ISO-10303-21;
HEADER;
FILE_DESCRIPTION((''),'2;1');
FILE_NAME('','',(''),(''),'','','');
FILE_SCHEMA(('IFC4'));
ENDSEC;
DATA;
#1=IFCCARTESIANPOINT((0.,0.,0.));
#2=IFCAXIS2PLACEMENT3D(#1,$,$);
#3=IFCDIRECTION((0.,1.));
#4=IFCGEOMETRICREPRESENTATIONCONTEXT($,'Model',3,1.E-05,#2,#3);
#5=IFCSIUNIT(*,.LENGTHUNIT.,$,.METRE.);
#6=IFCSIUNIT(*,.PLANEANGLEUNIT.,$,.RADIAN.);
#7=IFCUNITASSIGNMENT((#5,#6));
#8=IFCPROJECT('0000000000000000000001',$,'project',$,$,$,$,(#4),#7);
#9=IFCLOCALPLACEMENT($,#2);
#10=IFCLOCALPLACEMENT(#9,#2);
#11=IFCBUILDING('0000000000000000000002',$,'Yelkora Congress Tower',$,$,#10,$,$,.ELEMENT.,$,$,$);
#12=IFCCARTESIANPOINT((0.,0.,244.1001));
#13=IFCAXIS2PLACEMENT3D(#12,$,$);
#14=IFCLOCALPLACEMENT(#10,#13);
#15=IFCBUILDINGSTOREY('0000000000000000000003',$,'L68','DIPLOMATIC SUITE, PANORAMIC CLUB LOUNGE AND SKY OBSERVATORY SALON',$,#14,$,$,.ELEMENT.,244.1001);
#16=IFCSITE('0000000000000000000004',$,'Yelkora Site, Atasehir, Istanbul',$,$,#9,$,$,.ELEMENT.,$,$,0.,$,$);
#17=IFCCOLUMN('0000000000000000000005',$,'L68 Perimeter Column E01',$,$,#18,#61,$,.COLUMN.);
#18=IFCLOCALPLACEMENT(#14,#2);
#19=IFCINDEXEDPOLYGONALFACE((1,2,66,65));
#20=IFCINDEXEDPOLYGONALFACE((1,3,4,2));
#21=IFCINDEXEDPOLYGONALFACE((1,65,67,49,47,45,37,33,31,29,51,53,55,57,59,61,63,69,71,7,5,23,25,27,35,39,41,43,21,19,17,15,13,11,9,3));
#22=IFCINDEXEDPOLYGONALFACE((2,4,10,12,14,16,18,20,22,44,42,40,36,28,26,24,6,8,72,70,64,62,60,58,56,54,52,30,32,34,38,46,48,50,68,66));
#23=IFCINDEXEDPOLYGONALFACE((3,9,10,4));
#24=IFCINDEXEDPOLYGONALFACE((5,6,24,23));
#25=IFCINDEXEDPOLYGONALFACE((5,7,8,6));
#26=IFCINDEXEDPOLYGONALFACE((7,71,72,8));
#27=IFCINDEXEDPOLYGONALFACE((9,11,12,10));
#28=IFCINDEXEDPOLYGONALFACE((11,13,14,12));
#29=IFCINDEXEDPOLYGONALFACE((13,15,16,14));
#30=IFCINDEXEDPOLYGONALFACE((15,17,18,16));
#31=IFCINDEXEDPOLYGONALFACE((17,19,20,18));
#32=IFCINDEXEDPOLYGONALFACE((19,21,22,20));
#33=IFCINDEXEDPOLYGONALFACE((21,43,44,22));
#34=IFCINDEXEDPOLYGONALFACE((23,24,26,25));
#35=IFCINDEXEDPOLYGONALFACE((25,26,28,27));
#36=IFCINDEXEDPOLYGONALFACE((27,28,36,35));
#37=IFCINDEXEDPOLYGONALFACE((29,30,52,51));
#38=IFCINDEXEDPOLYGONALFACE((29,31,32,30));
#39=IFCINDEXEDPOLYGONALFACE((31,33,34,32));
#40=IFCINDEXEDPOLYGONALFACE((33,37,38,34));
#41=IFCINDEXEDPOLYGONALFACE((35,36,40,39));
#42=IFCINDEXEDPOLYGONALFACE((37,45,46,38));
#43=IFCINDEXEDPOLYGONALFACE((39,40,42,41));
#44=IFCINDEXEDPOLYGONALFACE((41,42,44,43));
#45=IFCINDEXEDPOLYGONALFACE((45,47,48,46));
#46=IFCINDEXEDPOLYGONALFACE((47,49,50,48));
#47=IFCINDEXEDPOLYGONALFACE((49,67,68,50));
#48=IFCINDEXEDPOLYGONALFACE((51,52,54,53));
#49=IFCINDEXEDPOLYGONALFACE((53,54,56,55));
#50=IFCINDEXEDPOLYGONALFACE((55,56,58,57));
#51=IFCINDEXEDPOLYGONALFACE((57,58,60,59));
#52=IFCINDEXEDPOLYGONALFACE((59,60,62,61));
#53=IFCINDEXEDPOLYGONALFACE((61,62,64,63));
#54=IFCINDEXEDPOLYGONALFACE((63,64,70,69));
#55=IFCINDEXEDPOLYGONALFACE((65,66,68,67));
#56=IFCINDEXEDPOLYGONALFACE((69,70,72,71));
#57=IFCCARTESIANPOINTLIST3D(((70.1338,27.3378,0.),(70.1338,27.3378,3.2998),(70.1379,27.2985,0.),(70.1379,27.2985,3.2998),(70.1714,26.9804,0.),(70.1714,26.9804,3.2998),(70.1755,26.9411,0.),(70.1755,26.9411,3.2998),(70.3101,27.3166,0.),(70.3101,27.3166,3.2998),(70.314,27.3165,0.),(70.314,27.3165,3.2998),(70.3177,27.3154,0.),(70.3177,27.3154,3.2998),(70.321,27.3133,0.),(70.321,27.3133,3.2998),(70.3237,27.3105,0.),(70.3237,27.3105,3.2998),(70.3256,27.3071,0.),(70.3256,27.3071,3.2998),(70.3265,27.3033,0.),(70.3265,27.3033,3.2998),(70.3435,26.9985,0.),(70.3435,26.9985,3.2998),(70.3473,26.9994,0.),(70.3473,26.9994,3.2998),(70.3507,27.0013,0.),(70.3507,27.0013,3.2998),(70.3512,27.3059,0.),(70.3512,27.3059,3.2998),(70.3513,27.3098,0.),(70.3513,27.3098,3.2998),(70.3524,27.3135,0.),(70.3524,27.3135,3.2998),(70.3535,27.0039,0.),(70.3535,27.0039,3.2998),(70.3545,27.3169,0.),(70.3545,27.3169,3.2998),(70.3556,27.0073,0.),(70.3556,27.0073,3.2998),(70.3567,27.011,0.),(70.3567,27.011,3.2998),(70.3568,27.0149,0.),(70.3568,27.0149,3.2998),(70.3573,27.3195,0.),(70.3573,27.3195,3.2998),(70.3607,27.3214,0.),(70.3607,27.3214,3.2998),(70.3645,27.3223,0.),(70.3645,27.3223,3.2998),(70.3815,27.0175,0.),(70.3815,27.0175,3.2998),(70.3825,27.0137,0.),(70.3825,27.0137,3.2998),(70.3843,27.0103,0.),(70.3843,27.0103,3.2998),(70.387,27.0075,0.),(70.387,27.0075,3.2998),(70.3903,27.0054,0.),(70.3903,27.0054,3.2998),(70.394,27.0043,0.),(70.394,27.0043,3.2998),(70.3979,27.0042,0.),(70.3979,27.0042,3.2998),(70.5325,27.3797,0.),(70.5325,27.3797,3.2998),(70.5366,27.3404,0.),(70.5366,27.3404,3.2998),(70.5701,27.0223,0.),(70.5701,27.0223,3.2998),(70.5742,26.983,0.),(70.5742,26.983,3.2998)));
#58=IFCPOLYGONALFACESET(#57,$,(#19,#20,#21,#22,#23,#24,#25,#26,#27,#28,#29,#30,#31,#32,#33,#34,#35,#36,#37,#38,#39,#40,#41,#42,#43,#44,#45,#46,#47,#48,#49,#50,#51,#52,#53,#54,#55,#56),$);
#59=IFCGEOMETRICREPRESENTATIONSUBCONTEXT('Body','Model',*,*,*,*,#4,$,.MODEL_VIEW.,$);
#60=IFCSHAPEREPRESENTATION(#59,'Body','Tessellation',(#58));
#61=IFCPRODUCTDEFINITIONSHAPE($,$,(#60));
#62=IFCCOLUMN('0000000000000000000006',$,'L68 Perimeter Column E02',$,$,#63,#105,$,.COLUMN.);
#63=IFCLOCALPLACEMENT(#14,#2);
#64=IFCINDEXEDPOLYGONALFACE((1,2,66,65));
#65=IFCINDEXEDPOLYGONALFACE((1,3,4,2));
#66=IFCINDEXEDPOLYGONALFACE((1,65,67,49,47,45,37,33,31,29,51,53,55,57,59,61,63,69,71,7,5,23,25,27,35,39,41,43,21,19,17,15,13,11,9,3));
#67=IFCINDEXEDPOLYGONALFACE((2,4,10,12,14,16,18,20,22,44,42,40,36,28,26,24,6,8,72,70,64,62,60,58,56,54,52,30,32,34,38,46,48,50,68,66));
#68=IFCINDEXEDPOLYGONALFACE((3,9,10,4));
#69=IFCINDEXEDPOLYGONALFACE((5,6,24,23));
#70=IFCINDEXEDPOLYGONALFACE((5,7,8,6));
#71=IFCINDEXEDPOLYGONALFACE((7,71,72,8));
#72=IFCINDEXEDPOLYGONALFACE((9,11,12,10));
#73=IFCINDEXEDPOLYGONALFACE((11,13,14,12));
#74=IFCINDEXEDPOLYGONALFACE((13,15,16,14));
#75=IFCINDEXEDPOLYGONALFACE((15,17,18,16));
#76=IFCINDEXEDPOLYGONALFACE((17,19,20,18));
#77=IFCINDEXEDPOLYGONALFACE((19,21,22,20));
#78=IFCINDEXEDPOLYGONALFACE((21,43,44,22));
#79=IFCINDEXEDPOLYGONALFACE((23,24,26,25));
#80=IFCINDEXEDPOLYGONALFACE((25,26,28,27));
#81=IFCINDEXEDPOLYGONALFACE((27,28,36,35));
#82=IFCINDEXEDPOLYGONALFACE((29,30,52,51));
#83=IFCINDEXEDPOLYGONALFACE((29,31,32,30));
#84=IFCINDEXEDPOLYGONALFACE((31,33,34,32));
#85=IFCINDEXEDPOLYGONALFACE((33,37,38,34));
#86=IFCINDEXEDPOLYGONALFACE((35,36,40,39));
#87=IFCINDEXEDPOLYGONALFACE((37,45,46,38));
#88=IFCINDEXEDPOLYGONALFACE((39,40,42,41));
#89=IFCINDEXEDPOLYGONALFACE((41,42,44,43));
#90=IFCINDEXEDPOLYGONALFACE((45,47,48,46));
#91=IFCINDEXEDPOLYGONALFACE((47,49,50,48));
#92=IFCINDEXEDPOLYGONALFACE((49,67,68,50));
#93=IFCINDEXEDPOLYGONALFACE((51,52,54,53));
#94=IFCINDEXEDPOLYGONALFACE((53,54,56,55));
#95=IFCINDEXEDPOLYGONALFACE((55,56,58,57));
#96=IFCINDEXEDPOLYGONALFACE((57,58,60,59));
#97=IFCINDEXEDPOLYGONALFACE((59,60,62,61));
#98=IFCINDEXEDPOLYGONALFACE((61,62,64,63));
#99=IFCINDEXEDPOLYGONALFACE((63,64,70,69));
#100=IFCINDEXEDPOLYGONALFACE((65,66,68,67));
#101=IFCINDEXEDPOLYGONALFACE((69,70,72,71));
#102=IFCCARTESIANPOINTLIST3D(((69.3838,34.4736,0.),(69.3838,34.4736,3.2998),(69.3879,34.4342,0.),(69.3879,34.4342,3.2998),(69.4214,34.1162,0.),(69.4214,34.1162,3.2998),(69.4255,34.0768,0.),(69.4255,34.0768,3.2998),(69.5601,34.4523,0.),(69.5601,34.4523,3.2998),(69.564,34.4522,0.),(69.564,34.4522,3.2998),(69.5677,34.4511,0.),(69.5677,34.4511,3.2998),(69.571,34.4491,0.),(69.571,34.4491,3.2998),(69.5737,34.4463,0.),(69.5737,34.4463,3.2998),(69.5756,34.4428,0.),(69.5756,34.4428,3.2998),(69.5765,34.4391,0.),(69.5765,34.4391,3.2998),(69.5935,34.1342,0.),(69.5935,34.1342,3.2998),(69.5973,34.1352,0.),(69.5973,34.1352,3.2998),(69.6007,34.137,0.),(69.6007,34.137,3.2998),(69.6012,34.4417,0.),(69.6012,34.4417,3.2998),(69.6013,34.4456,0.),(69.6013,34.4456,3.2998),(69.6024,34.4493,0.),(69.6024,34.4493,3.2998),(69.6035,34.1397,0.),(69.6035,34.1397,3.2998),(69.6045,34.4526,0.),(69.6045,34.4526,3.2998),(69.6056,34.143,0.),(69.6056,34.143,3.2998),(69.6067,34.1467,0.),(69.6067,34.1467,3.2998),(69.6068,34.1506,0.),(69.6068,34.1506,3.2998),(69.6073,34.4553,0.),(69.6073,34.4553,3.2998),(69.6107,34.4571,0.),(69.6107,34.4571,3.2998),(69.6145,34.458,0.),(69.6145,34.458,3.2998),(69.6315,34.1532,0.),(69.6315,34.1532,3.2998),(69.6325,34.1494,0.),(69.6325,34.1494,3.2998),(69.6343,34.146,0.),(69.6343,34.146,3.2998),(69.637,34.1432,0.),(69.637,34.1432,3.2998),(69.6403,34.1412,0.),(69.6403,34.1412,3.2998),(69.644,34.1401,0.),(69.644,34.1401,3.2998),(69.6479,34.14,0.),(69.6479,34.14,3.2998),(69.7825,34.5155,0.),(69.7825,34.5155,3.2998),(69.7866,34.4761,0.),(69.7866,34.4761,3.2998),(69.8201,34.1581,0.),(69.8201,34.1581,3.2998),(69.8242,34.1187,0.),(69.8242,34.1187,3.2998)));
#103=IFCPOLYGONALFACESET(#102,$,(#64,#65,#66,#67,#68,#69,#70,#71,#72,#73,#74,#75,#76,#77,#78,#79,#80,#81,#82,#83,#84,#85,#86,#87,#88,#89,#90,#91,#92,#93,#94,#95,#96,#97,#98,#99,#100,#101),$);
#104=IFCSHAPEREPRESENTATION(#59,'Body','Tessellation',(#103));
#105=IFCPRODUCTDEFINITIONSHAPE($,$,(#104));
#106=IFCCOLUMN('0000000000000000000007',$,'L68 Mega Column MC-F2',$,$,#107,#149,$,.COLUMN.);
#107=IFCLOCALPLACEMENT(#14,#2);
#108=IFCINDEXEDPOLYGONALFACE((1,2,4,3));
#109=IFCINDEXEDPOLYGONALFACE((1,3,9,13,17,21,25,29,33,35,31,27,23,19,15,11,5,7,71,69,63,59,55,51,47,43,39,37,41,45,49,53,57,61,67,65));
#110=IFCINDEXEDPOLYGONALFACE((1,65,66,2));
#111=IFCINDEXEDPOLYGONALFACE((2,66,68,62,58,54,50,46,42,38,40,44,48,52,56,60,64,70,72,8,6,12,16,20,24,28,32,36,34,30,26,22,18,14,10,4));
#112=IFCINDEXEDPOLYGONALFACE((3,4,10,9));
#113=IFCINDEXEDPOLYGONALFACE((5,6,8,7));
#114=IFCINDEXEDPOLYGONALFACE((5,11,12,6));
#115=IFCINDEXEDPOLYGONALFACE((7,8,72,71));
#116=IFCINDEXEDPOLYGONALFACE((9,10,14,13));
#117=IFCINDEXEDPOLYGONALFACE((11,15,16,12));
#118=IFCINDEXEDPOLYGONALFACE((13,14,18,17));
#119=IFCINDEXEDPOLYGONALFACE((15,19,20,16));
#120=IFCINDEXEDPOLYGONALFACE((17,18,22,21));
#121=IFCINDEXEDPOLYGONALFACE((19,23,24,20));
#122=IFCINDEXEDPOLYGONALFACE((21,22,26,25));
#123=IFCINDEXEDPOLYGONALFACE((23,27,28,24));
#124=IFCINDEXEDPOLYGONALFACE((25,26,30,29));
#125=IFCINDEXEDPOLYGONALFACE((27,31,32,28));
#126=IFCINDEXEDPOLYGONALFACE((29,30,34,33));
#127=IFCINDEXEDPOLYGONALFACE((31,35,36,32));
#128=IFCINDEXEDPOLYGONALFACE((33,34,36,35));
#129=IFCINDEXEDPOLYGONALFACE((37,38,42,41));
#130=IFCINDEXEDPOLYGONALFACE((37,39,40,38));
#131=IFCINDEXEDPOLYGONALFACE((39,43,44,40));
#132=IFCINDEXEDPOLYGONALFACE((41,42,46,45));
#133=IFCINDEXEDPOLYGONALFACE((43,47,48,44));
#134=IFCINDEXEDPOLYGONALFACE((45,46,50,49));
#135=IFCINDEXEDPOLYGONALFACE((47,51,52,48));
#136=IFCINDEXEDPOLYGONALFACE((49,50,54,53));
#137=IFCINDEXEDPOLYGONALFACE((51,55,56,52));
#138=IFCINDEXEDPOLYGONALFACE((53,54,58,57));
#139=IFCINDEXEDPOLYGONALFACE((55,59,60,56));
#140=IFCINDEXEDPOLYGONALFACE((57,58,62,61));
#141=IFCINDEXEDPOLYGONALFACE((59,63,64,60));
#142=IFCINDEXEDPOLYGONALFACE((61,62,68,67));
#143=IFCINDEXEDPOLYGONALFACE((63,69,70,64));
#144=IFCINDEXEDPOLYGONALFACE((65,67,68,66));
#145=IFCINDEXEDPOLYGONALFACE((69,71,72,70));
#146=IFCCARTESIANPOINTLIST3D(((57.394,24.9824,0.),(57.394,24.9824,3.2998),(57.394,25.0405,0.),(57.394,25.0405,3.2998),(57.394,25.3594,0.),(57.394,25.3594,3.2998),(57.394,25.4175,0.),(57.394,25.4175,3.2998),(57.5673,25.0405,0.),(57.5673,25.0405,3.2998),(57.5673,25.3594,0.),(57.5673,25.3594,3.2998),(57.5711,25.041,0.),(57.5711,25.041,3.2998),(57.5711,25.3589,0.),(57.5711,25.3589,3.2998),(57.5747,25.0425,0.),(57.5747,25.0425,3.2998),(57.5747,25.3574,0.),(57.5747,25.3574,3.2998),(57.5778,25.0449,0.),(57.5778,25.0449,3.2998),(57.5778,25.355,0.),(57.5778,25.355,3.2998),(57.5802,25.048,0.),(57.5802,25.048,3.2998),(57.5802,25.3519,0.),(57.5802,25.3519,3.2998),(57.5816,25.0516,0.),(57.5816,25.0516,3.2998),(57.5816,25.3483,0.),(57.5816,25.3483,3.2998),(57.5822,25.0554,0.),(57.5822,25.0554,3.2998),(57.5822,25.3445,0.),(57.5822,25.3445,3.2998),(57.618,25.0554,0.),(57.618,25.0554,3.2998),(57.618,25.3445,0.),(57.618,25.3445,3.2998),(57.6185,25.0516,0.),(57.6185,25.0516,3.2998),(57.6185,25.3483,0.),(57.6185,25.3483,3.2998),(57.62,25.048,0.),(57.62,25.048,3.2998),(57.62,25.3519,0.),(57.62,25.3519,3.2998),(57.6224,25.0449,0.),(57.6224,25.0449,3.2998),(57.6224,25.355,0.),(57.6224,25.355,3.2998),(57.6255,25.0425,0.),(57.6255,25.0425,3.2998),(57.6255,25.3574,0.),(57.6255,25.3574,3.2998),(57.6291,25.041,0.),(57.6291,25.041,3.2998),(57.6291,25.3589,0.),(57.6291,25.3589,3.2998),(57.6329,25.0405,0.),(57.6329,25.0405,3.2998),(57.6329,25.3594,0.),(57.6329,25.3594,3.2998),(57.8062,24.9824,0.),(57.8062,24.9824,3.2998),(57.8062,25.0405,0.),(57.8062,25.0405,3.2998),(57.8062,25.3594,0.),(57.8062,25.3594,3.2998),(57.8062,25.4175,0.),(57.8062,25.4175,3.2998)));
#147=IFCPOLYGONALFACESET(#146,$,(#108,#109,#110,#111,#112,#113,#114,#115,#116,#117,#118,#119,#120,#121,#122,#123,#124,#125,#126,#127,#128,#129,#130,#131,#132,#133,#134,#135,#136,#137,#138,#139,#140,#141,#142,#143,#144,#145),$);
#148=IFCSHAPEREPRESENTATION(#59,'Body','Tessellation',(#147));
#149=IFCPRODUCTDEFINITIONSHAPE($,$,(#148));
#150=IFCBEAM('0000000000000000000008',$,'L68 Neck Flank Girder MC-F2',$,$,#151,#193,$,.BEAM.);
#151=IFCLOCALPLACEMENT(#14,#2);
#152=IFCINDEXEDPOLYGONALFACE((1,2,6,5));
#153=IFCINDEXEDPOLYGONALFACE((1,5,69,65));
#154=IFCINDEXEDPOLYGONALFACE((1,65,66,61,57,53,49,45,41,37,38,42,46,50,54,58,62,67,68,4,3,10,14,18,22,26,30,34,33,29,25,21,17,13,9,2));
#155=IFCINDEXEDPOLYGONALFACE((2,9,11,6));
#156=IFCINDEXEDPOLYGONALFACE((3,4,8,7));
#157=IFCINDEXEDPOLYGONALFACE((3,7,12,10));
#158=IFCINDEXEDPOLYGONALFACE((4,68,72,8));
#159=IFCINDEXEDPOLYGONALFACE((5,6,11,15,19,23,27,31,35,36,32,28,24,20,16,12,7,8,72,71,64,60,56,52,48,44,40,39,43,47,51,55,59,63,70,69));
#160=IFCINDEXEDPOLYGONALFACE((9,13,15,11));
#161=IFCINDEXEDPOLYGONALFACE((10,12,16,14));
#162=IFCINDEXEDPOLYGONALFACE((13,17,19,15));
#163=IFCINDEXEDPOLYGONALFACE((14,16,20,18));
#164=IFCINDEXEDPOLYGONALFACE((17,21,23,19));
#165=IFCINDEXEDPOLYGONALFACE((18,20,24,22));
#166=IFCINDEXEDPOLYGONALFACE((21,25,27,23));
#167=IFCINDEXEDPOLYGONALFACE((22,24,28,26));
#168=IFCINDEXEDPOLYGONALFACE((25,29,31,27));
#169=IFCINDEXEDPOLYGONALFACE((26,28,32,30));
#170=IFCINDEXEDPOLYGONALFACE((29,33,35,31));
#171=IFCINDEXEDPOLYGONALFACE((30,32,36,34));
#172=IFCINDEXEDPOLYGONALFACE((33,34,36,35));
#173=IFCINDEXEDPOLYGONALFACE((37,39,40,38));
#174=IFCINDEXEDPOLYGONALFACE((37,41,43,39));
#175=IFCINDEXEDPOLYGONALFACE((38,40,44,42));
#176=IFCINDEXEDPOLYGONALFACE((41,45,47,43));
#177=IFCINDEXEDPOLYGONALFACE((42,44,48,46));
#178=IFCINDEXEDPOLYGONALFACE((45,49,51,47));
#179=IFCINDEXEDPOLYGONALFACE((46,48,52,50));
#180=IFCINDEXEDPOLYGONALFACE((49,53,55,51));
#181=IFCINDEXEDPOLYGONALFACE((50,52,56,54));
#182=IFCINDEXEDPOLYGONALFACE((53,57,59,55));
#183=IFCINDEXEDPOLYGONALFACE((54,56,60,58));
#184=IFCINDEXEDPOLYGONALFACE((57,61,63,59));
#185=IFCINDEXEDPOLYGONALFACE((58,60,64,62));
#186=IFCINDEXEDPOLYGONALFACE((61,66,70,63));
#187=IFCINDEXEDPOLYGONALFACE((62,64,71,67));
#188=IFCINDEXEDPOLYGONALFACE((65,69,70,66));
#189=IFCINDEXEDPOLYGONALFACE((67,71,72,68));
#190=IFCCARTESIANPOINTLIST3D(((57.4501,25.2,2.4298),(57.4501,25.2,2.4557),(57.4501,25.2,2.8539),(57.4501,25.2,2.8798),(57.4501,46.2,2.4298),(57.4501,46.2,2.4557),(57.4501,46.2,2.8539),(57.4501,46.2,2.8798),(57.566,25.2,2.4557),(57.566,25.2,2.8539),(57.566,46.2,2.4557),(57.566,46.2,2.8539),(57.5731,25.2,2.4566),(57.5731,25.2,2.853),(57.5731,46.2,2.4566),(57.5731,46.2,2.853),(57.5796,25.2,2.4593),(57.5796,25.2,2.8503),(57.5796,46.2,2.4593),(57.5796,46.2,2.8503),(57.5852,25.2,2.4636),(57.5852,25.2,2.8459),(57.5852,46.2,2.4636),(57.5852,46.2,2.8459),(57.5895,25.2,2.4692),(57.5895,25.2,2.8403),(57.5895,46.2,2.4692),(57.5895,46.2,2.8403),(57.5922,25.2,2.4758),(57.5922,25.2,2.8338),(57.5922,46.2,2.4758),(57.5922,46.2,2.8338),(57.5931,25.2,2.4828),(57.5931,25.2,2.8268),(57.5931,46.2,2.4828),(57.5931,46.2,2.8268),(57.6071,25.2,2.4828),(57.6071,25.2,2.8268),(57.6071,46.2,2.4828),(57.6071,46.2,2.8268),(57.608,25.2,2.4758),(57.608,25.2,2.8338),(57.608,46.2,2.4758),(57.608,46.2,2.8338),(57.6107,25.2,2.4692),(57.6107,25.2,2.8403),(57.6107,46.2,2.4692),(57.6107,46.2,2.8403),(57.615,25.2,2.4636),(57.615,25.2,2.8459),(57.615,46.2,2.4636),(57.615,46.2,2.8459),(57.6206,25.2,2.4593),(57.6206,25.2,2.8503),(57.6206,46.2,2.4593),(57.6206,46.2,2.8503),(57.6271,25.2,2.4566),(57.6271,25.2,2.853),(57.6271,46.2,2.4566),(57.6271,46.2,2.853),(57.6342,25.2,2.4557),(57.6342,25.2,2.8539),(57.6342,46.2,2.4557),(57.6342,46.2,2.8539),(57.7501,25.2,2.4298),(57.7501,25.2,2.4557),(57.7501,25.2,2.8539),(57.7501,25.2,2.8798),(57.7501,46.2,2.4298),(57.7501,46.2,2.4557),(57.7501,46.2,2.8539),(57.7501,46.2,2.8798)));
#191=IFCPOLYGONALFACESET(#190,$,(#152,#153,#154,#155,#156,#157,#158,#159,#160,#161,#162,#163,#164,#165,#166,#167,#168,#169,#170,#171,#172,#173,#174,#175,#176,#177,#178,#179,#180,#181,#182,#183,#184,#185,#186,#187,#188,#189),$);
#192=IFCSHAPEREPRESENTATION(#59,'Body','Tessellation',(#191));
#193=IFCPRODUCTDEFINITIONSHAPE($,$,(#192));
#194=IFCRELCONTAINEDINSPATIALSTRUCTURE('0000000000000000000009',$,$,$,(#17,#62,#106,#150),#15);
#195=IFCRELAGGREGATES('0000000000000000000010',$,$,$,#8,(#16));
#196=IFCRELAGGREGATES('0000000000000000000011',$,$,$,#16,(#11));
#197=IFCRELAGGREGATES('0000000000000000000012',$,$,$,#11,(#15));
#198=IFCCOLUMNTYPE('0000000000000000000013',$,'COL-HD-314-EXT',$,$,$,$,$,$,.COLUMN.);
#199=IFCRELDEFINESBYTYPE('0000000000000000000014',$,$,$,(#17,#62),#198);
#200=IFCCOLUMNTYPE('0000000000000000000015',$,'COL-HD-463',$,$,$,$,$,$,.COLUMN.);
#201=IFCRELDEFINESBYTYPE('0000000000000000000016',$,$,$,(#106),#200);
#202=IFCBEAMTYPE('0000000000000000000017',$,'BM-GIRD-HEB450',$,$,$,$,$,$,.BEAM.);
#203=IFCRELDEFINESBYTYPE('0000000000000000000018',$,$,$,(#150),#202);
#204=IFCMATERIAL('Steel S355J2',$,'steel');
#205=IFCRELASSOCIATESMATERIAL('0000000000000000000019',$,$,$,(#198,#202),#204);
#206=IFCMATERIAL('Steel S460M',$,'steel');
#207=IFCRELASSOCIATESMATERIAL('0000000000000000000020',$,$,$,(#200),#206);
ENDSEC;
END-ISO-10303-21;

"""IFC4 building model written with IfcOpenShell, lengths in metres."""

from ifc_helpers import new_model, si_unit, direction, frame, origin, origin_2d, place, context, subcontext, project, spatial, i_section, extrude, material, material_profile, profile_set, type_object, element, save


model = new_model("IFC4")

# Units and contexts
model_context = context("Model", 3, precision=1e-05, world=origin(), true_north=direction((0.0, 1.0)))
body_context = subcontext(model_context, "Body", "Model", "MODEL_VIEW")
ifc_project = project(units=[si_unit("LENGTHUNIT", "METRE"), si_unit("PLANEANGLEUNIT", "RADIAN")], contexts=[model_context])

# Site, building, storey
site_placement = place(None, origin())
site = spatial("IfcSite", under=ifc_project, at=site_placement, Name="Yelkora Site, Atasehir, Istanbul", CompositionType="ELEMENT", RefElevation=0.0)
building_placement = place(site_placement, origin())
building = spatial("IfcBuilding", under=site, at=building_placement, Name="Yelkora Congress Tower", CompositionType="ELEMENT")
storey_placement = place(building_placement, frame((0.0, 0.0, 244.1001)))
storey = spatial("IfcBuildingStorey", under=building, at=storey_placement, Name="L68", Description="DIPLOMATIC SUITE, PANORAMIC CLUB LOUNGE AND SKY OBSERVATORY SALON", CompositionType="ELEMENT", Elevation=244.1001)

# Columns
ifc_material_1 = material(Name="Steel S355J2", Category="steel")
ifc_material_profile_1 = material_profile(ifc_material_1, i_section(OverallWidth=0.4009, OverallDepth=0.3989, WebThickness=0.0249, FlangeThickness=0.0396, FilletRadius=0.0149, at=origin_2d()), Name="HD 400x314")
ifc_profile_set_1 = profile_set([ifc_material_profile_1], Name="Steel S355J2")
column_type_1 = type_object("IfcColumnType", Name="COL-HD-314-EXT", PredefinedType="COLUMN", material=ifc_profile_set_1)
for number, where, z_axis, x_axis, name in (
    (1, (70.354, 27.1604, 0.0), (0.0, 0.0, 1.0), (0.994522, 0.104528, 0.0), "L68 Perimeter Column E01"),
    (2, (69.604, 34.2961, 0.0), (0.0, 0.0, 1.0), (0.994522, 0.104528, 0.0), "L68 Perimeter Column E02"),
):
    element("IfcColumn", number, at=place(storey_placement, frame(where, z_axis=z_axis, x_axis=x_axis)), inside=storey, type_object=column_type_1, Name=name, PredefinedType="COLUMN", context=body_context, shape_type="SweptSolid", body=[
        extrude(i_section(OverallWidth=0.4009, OverallDepth=0.3989, WebThickness=0.0249, FlangeThickness=0.0396, FilletRadius=0.0149, at=origin_2d()), origin(), (0.0, 0.0, 1.0), 3.2998),
    ])
ifc_material_2 = material(Name="Steel S460M", Category="steel")
ifc_material_profile_2 = material_profile(ifc_material_2, i_section(OverallWidth=0.4121, OverallDepth=0.4351, WebThickness=0.0359, FlangeThickness=0.0581, FilletRadius=0.0149, at=origin_2d()), Name="HD 400x463")
ifc_profile_set_2 = profile_set([ifc_material_profile_2], Name="Steel S460M")
column_type_2 = type_object("IfcColumnType", Name="COL-HD-463", PredefinedType="COLUMN", material=ifc_profile_set_2)
column_placement = place(storey_placement, frame((57.6001, 25.2, 0.0), z_axis=(0.0, 0.0, 1.0), x_axis=(1.0, 0.0, 0.0)))
element("IfcColumn", 3, at=column_placement, inside=storey, type_object=column_type_2, Name="L68 Mega Column MC-F2", PredefinedType="COLUMN", context=body_context, shape_type="SweptSolid", body=[
    extrude(i_section(OverallWidth=0.4121, OverallDepth=0.4351, WebThickness=0.0359, FlangeThickness=0.0581, FilletRadius=0.0149, at=origin_2d()), origin(), (0.0, 0.0, 1.0), 3.2998),
])

# Beam
ifc_material_profile_3 = material_profile(ifc_material_1, i_section(OverallWidth=0.3, OverallDepth=0.45, WebThickness=0.0139, FlangeThickness=0.0259, FilletRadius=0.0271, at=origin_2d()), Name="HEB 450")
ifc_profile_set_3 = profile_set([ifc_material_profile_3], Name="Steel S355J2")
beam_type_1 = type_object("IfcBeamType", Name="BM-GIRD-HEB450", PredefinedType="BEAM", material=ifc_profile_set_3)
beam_1_placement = place(storey_placement, frame((57.6001, 25.2, 2.6548), z_axis=(0.0, 1.0, 0.0), x_axis=(-1.0, 0.0, 0.0)))
element("IfcBeam", 4, at=beam_1_placement, inside=storey, type_object=beam_type_1, Name="L68 Neck Flank Girder MC-F2", PredefinedType="BEAM", context=body_context, shape_type="SweptSolid", body=[
    extrude(i_section(OverallWidth=0.3, OverallDepth=0.45, WebThickness=0.0139, FlangeThickness=0.0259, FilletRadius=0.0271, at=origin_2d()), origin(), (0.0, 0.0, 1.0), 21.0),
])

save(model, "model.ifc")
